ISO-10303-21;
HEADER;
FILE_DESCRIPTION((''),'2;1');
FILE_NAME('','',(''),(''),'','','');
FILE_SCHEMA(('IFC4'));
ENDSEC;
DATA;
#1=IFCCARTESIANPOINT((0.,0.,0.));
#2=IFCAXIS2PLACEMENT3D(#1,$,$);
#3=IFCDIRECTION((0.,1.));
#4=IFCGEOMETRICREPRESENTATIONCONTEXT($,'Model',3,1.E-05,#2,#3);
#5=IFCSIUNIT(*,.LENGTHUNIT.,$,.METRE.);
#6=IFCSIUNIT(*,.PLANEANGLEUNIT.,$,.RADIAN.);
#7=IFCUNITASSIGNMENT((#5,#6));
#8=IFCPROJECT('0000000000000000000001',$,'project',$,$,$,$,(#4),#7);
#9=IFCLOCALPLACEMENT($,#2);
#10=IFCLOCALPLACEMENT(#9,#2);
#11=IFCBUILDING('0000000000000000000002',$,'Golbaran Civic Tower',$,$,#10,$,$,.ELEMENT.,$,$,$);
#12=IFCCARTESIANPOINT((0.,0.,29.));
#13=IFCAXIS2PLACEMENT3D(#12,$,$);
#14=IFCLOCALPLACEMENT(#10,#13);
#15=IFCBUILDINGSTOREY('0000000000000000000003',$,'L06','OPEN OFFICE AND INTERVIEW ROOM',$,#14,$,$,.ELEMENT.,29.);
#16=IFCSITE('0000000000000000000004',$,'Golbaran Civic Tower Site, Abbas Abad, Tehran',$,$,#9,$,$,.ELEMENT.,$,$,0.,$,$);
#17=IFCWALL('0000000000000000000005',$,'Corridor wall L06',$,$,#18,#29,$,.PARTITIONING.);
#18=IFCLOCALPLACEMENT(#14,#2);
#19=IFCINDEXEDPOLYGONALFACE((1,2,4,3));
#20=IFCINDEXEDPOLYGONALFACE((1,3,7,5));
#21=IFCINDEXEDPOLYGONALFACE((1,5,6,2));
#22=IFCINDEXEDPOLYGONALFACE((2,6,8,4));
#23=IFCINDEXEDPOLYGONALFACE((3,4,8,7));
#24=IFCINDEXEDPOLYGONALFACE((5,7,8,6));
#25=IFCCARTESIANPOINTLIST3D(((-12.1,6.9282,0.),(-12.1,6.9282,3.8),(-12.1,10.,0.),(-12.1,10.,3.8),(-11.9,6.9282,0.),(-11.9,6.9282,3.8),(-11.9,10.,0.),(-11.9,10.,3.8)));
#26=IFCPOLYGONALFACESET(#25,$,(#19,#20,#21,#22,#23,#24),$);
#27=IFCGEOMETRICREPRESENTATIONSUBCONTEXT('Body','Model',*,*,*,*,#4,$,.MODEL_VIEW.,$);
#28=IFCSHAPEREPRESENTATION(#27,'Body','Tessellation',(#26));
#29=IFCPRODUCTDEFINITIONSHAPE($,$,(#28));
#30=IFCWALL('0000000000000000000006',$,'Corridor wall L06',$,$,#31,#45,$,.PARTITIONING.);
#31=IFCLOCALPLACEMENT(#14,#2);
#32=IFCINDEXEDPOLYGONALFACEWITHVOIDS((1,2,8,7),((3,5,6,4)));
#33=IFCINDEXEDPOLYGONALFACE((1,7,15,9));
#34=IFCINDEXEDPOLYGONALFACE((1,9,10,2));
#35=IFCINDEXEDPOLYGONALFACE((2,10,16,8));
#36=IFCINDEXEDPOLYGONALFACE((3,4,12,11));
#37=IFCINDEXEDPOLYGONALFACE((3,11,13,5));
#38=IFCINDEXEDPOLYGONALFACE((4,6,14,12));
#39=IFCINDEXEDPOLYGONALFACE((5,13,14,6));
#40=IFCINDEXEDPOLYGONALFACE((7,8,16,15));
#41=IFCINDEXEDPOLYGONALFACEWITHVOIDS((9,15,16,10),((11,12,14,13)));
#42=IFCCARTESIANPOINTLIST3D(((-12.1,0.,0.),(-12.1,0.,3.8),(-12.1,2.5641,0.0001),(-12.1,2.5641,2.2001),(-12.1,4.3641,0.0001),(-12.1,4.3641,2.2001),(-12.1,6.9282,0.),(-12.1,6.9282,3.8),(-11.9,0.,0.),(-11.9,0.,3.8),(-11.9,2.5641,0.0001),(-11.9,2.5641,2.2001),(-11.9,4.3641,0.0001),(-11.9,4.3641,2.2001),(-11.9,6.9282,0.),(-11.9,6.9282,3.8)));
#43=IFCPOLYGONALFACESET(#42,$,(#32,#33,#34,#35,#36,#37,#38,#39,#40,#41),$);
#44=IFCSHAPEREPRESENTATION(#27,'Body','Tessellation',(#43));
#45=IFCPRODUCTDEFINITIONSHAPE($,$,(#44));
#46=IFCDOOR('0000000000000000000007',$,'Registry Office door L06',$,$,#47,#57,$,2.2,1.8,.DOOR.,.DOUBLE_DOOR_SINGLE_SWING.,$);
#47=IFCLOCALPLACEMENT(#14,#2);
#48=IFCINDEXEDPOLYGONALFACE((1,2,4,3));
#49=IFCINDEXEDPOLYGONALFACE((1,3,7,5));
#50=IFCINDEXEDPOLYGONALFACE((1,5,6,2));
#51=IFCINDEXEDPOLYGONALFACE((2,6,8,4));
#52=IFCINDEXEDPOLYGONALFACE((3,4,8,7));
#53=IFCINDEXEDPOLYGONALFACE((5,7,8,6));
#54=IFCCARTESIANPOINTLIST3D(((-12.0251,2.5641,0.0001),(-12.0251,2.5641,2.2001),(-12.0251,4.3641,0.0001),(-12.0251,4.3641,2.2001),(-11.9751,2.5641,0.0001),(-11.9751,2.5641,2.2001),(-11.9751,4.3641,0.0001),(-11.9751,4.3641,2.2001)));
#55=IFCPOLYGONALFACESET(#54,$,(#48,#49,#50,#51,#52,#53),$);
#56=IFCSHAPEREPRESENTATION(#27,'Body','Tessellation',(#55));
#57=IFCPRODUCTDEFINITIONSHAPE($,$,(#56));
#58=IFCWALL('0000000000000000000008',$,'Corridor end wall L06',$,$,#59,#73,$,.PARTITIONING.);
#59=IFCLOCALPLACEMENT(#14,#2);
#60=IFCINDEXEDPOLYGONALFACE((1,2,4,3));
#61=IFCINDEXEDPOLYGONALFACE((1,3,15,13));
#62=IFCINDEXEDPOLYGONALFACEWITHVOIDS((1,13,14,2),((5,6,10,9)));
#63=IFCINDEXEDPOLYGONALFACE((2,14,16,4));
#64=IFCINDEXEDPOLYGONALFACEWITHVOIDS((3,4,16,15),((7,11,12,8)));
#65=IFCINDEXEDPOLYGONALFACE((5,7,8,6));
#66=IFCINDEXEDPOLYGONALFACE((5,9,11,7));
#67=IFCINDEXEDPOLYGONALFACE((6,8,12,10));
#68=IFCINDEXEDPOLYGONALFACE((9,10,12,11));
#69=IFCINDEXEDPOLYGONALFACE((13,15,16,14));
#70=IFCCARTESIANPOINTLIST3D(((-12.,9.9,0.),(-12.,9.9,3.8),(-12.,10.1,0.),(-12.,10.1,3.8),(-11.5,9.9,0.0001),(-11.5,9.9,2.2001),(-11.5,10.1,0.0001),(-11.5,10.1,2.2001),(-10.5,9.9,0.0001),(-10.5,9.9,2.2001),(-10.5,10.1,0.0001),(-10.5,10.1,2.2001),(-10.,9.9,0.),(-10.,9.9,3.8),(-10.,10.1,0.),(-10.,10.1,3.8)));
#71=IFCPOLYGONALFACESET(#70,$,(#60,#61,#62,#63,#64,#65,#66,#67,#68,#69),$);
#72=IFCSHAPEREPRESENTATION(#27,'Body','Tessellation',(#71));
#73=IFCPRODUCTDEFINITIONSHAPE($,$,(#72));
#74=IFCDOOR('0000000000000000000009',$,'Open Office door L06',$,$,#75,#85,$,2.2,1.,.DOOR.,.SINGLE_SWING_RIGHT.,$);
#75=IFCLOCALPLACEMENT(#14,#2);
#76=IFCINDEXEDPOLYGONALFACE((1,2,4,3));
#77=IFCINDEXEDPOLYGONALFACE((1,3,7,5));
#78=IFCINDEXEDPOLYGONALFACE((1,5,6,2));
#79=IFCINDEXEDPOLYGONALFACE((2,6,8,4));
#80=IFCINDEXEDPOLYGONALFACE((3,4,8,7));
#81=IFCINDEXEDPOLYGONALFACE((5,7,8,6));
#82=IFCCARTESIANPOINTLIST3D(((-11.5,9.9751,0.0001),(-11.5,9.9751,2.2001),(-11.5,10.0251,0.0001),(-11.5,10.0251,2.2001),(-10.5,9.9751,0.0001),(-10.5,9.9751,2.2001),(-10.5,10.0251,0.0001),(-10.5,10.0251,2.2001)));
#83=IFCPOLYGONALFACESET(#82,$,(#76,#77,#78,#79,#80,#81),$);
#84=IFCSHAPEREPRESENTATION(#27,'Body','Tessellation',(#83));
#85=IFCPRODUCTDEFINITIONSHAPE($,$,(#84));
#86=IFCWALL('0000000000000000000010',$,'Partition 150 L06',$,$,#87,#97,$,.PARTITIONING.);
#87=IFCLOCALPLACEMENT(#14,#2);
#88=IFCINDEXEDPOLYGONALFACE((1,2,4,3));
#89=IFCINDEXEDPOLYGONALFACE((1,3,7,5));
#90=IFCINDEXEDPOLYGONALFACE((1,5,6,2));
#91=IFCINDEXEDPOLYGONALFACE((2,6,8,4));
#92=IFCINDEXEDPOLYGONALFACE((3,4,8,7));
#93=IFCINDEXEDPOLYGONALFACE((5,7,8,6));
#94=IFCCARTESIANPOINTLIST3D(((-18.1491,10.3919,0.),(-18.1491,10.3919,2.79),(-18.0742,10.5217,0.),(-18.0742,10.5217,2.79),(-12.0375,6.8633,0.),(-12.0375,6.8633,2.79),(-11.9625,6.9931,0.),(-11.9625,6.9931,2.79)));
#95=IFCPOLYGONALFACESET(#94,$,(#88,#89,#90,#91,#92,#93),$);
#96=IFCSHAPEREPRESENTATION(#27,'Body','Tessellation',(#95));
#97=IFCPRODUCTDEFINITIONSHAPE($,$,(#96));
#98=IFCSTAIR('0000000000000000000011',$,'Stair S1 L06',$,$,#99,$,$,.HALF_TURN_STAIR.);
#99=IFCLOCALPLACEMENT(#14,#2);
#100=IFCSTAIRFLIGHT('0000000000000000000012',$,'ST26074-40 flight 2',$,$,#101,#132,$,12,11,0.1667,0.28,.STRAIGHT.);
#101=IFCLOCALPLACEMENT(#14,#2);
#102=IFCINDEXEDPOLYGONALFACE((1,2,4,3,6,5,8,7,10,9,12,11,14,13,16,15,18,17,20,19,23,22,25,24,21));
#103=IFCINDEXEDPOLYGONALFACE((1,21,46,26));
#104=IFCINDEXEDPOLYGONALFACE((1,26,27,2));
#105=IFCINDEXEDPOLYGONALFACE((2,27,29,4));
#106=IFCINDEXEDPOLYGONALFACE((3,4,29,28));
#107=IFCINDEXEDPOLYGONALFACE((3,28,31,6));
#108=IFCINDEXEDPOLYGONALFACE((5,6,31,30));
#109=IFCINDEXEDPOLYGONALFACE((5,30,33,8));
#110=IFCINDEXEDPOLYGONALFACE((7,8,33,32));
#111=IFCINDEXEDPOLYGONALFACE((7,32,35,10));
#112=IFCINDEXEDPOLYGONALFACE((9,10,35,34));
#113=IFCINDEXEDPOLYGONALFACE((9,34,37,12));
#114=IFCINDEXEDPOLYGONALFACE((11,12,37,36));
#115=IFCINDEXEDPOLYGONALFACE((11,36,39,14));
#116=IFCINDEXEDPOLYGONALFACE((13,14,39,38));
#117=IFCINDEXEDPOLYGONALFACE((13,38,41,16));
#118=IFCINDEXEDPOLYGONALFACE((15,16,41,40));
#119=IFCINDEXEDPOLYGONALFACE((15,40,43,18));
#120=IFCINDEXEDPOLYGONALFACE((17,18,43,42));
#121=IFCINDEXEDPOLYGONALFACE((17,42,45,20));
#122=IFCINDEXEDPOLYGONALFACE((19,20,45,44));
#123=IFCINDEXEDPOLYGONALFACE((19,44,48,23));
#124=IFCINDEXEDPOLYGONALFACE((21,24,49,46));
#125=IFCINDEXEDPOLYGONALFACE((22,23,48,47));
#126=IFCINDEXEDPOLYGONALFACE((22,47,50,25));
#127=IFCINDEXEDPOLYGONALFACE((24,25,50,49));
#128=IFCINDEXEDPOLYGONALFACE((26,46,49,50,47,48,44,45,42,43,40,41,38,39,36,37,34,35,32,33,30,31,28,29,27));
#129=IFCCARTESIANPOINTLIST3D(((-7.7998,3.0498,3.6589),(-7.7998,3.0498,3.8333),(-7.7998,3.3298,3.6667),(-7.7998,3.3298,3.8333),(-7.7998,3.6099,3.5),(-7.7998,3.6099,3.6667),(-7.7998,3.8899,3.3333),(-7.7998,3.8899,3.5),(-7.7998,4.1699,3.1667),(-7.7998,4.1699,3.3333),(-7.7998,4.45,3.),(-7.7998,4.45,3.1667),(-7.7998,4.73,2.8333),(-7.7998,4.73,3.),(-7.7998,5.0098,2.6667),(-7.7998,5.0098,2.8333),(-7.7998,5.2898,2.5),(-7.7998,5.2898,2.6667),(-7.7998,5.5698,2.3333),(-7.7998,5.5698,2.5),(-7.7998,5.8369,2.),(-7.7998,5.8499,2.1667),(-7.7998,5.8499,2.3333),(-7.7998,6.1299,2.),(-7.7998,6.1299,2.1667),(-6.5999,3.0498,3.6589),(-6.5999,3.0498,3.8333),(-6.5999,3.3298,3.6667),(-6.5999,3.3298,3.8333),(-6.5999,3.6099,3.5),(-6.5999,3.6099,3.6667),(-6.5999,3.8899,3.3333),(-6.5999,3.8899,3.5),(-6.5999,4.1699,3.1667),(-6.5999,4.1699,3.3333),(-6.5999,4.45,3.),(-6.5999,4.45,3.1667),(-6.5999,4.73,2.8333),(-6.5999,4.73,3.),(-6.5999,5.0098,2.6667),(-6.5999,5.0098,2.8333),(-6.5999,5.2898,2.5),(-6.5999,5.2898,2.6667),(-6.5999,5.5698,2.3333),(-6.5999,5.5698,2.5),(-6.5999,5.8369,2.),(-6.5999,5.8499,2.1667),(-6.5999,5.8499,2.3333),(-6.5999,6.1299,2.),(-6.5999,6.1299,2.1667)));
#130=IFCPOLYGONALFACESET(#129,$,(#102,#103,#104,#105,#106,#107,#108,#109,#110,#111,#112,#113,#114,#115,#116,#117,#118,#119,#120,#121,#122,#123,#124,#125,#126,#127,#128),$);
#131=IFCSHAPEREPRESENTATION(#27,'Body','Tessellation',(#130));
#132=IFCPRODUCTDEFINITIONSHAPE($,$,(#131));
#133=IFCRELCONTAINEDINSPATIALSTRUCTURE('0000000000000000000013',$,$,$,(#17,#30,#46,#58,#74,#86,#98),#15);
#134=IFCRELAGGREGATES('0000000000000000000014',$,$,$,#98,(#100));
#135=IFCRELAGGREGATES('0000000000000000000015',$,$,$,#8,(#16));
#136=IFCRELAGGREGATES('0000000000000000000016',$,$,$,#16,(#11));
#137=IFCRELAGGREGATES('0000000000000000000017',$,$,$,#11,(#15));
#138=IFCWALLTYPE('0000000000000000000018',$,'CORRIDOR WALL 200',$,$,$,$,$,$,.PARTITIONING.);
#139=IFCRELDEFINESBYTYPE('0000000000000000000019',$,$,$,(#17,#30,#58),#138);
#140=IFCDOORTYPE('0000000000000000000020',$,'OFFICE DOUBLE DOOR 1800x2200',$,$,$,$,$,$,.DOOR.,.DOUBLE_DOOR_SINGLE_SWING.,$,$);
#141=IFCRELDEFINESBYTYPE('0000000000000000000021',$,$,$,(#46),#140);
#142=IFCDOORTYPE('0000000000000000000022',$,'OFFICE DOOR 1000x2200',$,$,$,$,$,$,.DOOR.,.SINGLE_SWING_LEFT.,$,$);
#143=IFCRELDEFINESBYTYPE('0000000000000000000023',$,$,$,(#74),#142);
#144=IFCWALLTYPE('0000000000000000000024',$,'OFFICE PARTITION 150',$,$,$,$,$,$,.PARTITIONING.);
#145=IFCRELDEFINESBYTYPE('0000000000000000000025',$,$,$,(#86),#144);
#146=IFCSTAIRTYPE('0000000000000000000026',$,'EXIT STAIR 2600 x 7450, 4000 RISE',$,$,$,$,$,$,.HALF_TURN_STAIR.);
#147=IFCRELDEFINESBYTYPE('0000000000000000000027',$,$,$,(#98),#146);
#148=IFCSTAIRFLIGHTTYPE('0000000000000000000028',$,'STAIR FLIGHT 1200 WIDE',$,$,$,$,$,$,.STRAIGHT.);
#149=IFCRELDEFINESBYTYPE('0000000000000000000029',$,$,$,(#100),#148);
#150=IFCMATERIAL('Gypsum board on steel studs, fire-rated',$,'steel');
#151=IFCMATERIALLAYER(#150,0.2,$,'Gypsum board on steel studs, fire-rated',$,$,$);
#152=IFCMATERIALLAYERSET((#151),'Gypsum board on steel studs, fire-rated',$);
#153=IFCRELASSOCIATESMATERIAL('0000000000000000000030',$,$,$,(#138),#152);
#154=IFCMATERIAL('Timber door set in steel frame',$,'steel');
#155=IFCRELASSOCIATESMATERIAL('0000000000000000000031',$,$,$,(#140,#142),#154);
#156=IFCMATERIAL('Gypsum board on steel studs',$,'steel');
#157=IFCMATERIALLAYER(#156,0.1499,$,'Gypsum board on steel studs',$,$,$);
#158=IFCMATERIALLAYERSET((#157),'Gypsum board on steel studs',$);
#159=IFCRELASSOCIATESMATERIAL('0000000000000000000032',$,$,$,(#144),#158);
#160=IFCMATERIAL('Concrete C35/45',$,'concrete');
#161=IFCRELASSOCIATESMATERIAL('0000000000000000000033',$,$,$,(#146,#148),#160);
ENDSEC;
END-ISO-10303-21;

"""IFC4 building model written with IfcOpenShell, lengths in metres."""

from ifc_helpers import new_model, si_unit, direction, frame, frame_2d, origin, place, context, subcontext, project, spatial, polyline, rectangle, outline, extrude, material, layer, layer_set, type_object, element, fill, aggregate, save


model = new_model("IFC4")

# Units and contexts
model_context = context("Model", 3, precision=1e-05, world=origin(), true_north=direction((0.0, 1.0)))
body_context = subcontext(model_context, "Body", "Model", "MODEL_VIEW")
ifc_project = project(units=[si_unit("LENGTHUNIT", "METRE"), si_unit("PLANEANGLEUNIT", "RADIAN")], contexts=[model_context])

# Site, building, storey
site_placement = place(None, origin())
site = spatial("IfcSite", under=ifc_project, at=site_placement, Name="Golbaran Civic Tower Site, Abbas Abad, Tehran", CompositionType="ELEMENT", RefElevation=0.0)
building_placement = place(site_placement, origin())
building = spatial("IfcBuilding", under=site, at=building_placement, Name="Golbaran Civic Tower", CompositionType="ELEMENT")
storey_placement = place(building_placement, frame((0.0, 0.0, 29.0)))
storey = spatial("IfcBuildingStorey", under=building, at=storey_placement, Name="L06", Description="OPEN OFFICE AND INTERVIEW ROOM", CompositionType="ELEMENT", Elevation=29.0)

# Shared definitions
ifc_material_1 = material(Name="Timber door set in steel frame", Category="steel")

# Wall
ifc_material_2 = material(Name="Gypsum board on steel studs, fire-rated", Category="steel")
ifc_layer_1 = layer(ifc_material_2, 0.2, Name="Gypsum board on steel studs, fire-rated")
ifc_layer_set_1 = layer_set([ifc_layer_1], Name="Gypsum board on steel studs, fire-rated")
wall_type_1 = type_object("IfcWallType", Name="CORRIDOR WALL 200", PredefinedType="PARTITIONING", material=ifc_layer_set_1)
wall_1_placement = place(storey_placement, frame((-12.0, 10.0, 0.0), z_axis=(0.0, 0.0, 1.0), x_axis=(0.0, -1.0, 0.0)))
element("IfcWall", 1, at=wall_1_placement, inside=storey, type_object=wall_type_1, Name="Corridor wall L06", PredefinedType="PARTITIONING", context=body_context, shape_type="SweptSolid", body=[
    extrude(rectangle(XDim=3.0718, YDim=0.2, at=frame_2d((1.5359, 0.0))), origin(), (0.0, 0.0, 1.0), 3.8),
])

# Walls, openings, doors
wall_2_placement = place(storey_placement, frame((-12.0, 6.9282, 0.0), z_axis=(0.0, 0.0, 1.0), x_axis=(0.0, -1.0, 0.0)))
wall_2 = element("IfcWall", 2, at=wall_2_placement, inside=storey, type_object=wall_type_1, Name="Corridor wall L06", PredefinedType="PARTITIONING", context=body_context, shape_type="SweptSolid", body=[
    extrude(rectangle(XDim=6.9282, YDim=0.2, at=frame_2d((3.4641, 0.0))), origin(), (0.0, 0.0, 1.0), 3.8),
])
opening_1_placement = place(wall_2_placement, frame((2.5642, 0.0, 0.0)))
opening_1 = element("IfcOpeningElement", 3, at=opening_1_placement, cuts=wall_2, PredefinedType="OPENING", context=body_context, shape_type="SweptSolid", body=[
    extrude(rectangle(XDim=1.8, YDim=2.2, at=frame_2d((0.8999, 1.1001))), frame((0.0, 0.1099, 0.0), z_axis=(0.0, -1.0, 0.0), x_axis=(1.0, 0.0, 0.0)), (0.0, 0.0, 1.0), 0.22),
])
door_type_1 = type_object("IfcDoorType", Name="OFFICE DOUBLE DOOR 1800x2200", OperationType="DOUBLE_DOOR_SINGLE_SWING", PredefinedType="DOOR", material=ifc_material_1)
door_1_placement = place(opening_1_placement, origin())
door_1 = element("IfcDoor", 4, at=door_1_placement, inside=storey, type_object=door_type_1, Name="Registry Office door L06", OperationType="DOUBLE_DOOR_SINGLE_SWING", OverallHeight=2.2, OverallWidth=1.8, PredefinedType="DOOR", context=body_context, shape_type="SweptSolid", body=[
    extrude(rectangle(XDim=1.8, YDim=2.2, at=frame_2d((0.8999, 1.1001))), frame((0.0, 0.0249, 0.0), z_axis=(0.0, -1.0, 0.0), x_axis=(1.0, 0.0, 0.0)), (0.0, 0.0, 1.0), 0.05),
])
fill(opening_1, door_1)
wall_3_placement = place(storey_placement, frame((-10.0, 10.0, 0.0), z_axis=(0.0, 0.0, 1.0), x_axis=(-1.0, 0.0, 0.0)))
wall_3 = element("IfcWall", 5, at=wall_3_placement, inside=storey, type_object=wall_type_1, Name="Corridor end wall L06", PredefinedType="PARTITIONING", context=body_context, shape_type="SweptSolid", body=[
    extrude(rectangle(XDim=2.0, YDim=0.2, at=frame_2d((1.0, 0.0))), origin(), (0.0, 0.0, 1.0), 3.8),
])
opening_2_placement = place(wall_3_placement, frame((0.5, 0.0, 0.0)))
opening_2 = element("IfcOpeningElement", 6, at=opening_2_placement, cuts=wall_3, PredefinedType="OPENING", context=body_context, shape_type="SweptSolid", body=[
    extrude(rectangle(XDim=1.0, YDim=2.2, at=frame_2d((0.5, 1.1001))), frame((0.0, 0.1099, 0.0), z_axis=(0.0, -1.0, 0.0), x_axis=(1.0, 0.0, 0.0)), (0.0, 0.0, 1.0), 0.22),
])
door_type_2 = type_object("IfcDoorType", Name="OFFICE DOOR 1000x2200", OperationType="SINGLE_SWING_LEFT", PredefinedType="DOOR", material=ifc_material_1)
door_2_placement = place(opening_2_placement, origin())
door_2 = element("IfcDoor", 7, at=door_2_placement, inside=storey, type_object=door_type_2, Name="Open Office door L06", OperationType="SINGLE_SWING_RIGHT", OverallHeight=2.2, OverallWidth=1.0, PredefinedType="DOOR", context=body_context, shape_type="SweptSolid", body=[
    extrude(rectangle(XDim=1.0, YDim=2.2, at=frame_2d((0.5, 1.1001))), frame((0.0, 0.0249, 0.0), z_axis=(0.0, -1.0, 0.0), x_axis=(1.0, 0.0, 0.0)), (0.0, 0.0, 1.0), 0.05),
])
fill(opening_2, door_2)

# Wall
ifc_material_3 = material(Name="Gypsum board on steel studs", Category="steel")
ifc_layer_2 = layer(ifc_material_3, 0.1499, Name="Gypsum board on steel studs")
ifc_layer_set_2 = layer_set([ifc_layer_2], Name="Gypsum board on steel studs")
wall_type_2 = type_object("IfcWallType", Name="OFFICE PARTITION 150", PredefinedType="PARTITIONING", material=ifc_layer_set_2)
wall_4_placement = place(storey_placement, frame((-12.0, 6.9282, 0.0), z_axis=(0.0, 0.0, 1.0), x_axis=(-0.866023, 0.500005, 0.0)))
element("IfcWall", 8, at=wall_4_placement, inside=storey, type_object=wall_type_2, Name="Partition 150 L06", PredefinedType="PARTITIONING", context=body_context, shape_type="SweptSolid", body=[
    extrude(rectangle(XDim=7.0571, YDim=0.1499, at=frame_2d((3.5286, 0.0))), origin(), (0.0, 0.0, 1.0), 2.79),
])

# Stair, stair flight
ifc_material_4 = material(Name="Concrete C35/45", Category="concrete")
stair_type = type_object("IfcStairType", Name="EXIT STAIR 2600 x 7450, 4000 RISE", PredefinedType="HALF_TURN_STAIR", material=ifc_material_4)
stair_placement = place(storey_placement, origin())
stair = element("IfcStair", 9, at=stair_placement, inside=storey, type_object=stair_type, Name="Stair S1 L06", PredefinedType="HALF_TURN_STAIR")
stair_flight_type = type_object("IfcStairFlightType", Name="STAIR FLIGHT 1200 WIDE", PredefinedType="STRAIGHT", material=ifc_material_4)
stair_flight_placement = place(storey_placement, frame((-7.2, 6.1299, 2.0), z_axis=(0.0, 0.0, 1.0), x_axis=(0.0, -1.0, 0.0)))
stair_flight = element("IfcStairFlight", 10, at=stair_flight_placement, type_object=stair_flight_type, Name="ST26074-40 flight 2", NumberOfRisers=12, NumberOfTreads=11, PredefinedType="STRAIGHT", RiserHeight=0.1667, TreadLength=0.28, context=body_context, shape_type="SweptSolid", body=[
    extrude(outline(polyline([(0.0, 0.0), (0.0, 0.1667), (0.28, 0.1667), (0.28, 0.3333), (0.5601, 0.3333), (0.5601, 0.5), (0.8401, 0.5), (0.8401, 0.6667), (1.1201, 0.6667), (1.1201, 0.8333), (1.3999, 0.8333), (1.3999, 1.0), (1.6799, 1.0), (1.6799, 1.1667), (1.96, 1.1667), (1.96, 1.3333), (2.24, 1.3333), (2.24, 1.5), (2.52, 1.5), (2.52, 1.6667), (2.8, 1.6667), (2.8, 1.8333), (3.0801, 1.8333), (3.0801, 2.0), (3.0801, 1.6589), (0.293, 0.0), (0.0, 0.0)])), frame((0.0, 0.6001, 0.0), z_axis=(0.0, -1.0, 0.0), x_axis=(1.0, 0.0, 0.0)), (0.0, 0.0, 1.0), 1.2),
])
aggregate(stair, [stair_flight])

save(model, "model.ifc")
